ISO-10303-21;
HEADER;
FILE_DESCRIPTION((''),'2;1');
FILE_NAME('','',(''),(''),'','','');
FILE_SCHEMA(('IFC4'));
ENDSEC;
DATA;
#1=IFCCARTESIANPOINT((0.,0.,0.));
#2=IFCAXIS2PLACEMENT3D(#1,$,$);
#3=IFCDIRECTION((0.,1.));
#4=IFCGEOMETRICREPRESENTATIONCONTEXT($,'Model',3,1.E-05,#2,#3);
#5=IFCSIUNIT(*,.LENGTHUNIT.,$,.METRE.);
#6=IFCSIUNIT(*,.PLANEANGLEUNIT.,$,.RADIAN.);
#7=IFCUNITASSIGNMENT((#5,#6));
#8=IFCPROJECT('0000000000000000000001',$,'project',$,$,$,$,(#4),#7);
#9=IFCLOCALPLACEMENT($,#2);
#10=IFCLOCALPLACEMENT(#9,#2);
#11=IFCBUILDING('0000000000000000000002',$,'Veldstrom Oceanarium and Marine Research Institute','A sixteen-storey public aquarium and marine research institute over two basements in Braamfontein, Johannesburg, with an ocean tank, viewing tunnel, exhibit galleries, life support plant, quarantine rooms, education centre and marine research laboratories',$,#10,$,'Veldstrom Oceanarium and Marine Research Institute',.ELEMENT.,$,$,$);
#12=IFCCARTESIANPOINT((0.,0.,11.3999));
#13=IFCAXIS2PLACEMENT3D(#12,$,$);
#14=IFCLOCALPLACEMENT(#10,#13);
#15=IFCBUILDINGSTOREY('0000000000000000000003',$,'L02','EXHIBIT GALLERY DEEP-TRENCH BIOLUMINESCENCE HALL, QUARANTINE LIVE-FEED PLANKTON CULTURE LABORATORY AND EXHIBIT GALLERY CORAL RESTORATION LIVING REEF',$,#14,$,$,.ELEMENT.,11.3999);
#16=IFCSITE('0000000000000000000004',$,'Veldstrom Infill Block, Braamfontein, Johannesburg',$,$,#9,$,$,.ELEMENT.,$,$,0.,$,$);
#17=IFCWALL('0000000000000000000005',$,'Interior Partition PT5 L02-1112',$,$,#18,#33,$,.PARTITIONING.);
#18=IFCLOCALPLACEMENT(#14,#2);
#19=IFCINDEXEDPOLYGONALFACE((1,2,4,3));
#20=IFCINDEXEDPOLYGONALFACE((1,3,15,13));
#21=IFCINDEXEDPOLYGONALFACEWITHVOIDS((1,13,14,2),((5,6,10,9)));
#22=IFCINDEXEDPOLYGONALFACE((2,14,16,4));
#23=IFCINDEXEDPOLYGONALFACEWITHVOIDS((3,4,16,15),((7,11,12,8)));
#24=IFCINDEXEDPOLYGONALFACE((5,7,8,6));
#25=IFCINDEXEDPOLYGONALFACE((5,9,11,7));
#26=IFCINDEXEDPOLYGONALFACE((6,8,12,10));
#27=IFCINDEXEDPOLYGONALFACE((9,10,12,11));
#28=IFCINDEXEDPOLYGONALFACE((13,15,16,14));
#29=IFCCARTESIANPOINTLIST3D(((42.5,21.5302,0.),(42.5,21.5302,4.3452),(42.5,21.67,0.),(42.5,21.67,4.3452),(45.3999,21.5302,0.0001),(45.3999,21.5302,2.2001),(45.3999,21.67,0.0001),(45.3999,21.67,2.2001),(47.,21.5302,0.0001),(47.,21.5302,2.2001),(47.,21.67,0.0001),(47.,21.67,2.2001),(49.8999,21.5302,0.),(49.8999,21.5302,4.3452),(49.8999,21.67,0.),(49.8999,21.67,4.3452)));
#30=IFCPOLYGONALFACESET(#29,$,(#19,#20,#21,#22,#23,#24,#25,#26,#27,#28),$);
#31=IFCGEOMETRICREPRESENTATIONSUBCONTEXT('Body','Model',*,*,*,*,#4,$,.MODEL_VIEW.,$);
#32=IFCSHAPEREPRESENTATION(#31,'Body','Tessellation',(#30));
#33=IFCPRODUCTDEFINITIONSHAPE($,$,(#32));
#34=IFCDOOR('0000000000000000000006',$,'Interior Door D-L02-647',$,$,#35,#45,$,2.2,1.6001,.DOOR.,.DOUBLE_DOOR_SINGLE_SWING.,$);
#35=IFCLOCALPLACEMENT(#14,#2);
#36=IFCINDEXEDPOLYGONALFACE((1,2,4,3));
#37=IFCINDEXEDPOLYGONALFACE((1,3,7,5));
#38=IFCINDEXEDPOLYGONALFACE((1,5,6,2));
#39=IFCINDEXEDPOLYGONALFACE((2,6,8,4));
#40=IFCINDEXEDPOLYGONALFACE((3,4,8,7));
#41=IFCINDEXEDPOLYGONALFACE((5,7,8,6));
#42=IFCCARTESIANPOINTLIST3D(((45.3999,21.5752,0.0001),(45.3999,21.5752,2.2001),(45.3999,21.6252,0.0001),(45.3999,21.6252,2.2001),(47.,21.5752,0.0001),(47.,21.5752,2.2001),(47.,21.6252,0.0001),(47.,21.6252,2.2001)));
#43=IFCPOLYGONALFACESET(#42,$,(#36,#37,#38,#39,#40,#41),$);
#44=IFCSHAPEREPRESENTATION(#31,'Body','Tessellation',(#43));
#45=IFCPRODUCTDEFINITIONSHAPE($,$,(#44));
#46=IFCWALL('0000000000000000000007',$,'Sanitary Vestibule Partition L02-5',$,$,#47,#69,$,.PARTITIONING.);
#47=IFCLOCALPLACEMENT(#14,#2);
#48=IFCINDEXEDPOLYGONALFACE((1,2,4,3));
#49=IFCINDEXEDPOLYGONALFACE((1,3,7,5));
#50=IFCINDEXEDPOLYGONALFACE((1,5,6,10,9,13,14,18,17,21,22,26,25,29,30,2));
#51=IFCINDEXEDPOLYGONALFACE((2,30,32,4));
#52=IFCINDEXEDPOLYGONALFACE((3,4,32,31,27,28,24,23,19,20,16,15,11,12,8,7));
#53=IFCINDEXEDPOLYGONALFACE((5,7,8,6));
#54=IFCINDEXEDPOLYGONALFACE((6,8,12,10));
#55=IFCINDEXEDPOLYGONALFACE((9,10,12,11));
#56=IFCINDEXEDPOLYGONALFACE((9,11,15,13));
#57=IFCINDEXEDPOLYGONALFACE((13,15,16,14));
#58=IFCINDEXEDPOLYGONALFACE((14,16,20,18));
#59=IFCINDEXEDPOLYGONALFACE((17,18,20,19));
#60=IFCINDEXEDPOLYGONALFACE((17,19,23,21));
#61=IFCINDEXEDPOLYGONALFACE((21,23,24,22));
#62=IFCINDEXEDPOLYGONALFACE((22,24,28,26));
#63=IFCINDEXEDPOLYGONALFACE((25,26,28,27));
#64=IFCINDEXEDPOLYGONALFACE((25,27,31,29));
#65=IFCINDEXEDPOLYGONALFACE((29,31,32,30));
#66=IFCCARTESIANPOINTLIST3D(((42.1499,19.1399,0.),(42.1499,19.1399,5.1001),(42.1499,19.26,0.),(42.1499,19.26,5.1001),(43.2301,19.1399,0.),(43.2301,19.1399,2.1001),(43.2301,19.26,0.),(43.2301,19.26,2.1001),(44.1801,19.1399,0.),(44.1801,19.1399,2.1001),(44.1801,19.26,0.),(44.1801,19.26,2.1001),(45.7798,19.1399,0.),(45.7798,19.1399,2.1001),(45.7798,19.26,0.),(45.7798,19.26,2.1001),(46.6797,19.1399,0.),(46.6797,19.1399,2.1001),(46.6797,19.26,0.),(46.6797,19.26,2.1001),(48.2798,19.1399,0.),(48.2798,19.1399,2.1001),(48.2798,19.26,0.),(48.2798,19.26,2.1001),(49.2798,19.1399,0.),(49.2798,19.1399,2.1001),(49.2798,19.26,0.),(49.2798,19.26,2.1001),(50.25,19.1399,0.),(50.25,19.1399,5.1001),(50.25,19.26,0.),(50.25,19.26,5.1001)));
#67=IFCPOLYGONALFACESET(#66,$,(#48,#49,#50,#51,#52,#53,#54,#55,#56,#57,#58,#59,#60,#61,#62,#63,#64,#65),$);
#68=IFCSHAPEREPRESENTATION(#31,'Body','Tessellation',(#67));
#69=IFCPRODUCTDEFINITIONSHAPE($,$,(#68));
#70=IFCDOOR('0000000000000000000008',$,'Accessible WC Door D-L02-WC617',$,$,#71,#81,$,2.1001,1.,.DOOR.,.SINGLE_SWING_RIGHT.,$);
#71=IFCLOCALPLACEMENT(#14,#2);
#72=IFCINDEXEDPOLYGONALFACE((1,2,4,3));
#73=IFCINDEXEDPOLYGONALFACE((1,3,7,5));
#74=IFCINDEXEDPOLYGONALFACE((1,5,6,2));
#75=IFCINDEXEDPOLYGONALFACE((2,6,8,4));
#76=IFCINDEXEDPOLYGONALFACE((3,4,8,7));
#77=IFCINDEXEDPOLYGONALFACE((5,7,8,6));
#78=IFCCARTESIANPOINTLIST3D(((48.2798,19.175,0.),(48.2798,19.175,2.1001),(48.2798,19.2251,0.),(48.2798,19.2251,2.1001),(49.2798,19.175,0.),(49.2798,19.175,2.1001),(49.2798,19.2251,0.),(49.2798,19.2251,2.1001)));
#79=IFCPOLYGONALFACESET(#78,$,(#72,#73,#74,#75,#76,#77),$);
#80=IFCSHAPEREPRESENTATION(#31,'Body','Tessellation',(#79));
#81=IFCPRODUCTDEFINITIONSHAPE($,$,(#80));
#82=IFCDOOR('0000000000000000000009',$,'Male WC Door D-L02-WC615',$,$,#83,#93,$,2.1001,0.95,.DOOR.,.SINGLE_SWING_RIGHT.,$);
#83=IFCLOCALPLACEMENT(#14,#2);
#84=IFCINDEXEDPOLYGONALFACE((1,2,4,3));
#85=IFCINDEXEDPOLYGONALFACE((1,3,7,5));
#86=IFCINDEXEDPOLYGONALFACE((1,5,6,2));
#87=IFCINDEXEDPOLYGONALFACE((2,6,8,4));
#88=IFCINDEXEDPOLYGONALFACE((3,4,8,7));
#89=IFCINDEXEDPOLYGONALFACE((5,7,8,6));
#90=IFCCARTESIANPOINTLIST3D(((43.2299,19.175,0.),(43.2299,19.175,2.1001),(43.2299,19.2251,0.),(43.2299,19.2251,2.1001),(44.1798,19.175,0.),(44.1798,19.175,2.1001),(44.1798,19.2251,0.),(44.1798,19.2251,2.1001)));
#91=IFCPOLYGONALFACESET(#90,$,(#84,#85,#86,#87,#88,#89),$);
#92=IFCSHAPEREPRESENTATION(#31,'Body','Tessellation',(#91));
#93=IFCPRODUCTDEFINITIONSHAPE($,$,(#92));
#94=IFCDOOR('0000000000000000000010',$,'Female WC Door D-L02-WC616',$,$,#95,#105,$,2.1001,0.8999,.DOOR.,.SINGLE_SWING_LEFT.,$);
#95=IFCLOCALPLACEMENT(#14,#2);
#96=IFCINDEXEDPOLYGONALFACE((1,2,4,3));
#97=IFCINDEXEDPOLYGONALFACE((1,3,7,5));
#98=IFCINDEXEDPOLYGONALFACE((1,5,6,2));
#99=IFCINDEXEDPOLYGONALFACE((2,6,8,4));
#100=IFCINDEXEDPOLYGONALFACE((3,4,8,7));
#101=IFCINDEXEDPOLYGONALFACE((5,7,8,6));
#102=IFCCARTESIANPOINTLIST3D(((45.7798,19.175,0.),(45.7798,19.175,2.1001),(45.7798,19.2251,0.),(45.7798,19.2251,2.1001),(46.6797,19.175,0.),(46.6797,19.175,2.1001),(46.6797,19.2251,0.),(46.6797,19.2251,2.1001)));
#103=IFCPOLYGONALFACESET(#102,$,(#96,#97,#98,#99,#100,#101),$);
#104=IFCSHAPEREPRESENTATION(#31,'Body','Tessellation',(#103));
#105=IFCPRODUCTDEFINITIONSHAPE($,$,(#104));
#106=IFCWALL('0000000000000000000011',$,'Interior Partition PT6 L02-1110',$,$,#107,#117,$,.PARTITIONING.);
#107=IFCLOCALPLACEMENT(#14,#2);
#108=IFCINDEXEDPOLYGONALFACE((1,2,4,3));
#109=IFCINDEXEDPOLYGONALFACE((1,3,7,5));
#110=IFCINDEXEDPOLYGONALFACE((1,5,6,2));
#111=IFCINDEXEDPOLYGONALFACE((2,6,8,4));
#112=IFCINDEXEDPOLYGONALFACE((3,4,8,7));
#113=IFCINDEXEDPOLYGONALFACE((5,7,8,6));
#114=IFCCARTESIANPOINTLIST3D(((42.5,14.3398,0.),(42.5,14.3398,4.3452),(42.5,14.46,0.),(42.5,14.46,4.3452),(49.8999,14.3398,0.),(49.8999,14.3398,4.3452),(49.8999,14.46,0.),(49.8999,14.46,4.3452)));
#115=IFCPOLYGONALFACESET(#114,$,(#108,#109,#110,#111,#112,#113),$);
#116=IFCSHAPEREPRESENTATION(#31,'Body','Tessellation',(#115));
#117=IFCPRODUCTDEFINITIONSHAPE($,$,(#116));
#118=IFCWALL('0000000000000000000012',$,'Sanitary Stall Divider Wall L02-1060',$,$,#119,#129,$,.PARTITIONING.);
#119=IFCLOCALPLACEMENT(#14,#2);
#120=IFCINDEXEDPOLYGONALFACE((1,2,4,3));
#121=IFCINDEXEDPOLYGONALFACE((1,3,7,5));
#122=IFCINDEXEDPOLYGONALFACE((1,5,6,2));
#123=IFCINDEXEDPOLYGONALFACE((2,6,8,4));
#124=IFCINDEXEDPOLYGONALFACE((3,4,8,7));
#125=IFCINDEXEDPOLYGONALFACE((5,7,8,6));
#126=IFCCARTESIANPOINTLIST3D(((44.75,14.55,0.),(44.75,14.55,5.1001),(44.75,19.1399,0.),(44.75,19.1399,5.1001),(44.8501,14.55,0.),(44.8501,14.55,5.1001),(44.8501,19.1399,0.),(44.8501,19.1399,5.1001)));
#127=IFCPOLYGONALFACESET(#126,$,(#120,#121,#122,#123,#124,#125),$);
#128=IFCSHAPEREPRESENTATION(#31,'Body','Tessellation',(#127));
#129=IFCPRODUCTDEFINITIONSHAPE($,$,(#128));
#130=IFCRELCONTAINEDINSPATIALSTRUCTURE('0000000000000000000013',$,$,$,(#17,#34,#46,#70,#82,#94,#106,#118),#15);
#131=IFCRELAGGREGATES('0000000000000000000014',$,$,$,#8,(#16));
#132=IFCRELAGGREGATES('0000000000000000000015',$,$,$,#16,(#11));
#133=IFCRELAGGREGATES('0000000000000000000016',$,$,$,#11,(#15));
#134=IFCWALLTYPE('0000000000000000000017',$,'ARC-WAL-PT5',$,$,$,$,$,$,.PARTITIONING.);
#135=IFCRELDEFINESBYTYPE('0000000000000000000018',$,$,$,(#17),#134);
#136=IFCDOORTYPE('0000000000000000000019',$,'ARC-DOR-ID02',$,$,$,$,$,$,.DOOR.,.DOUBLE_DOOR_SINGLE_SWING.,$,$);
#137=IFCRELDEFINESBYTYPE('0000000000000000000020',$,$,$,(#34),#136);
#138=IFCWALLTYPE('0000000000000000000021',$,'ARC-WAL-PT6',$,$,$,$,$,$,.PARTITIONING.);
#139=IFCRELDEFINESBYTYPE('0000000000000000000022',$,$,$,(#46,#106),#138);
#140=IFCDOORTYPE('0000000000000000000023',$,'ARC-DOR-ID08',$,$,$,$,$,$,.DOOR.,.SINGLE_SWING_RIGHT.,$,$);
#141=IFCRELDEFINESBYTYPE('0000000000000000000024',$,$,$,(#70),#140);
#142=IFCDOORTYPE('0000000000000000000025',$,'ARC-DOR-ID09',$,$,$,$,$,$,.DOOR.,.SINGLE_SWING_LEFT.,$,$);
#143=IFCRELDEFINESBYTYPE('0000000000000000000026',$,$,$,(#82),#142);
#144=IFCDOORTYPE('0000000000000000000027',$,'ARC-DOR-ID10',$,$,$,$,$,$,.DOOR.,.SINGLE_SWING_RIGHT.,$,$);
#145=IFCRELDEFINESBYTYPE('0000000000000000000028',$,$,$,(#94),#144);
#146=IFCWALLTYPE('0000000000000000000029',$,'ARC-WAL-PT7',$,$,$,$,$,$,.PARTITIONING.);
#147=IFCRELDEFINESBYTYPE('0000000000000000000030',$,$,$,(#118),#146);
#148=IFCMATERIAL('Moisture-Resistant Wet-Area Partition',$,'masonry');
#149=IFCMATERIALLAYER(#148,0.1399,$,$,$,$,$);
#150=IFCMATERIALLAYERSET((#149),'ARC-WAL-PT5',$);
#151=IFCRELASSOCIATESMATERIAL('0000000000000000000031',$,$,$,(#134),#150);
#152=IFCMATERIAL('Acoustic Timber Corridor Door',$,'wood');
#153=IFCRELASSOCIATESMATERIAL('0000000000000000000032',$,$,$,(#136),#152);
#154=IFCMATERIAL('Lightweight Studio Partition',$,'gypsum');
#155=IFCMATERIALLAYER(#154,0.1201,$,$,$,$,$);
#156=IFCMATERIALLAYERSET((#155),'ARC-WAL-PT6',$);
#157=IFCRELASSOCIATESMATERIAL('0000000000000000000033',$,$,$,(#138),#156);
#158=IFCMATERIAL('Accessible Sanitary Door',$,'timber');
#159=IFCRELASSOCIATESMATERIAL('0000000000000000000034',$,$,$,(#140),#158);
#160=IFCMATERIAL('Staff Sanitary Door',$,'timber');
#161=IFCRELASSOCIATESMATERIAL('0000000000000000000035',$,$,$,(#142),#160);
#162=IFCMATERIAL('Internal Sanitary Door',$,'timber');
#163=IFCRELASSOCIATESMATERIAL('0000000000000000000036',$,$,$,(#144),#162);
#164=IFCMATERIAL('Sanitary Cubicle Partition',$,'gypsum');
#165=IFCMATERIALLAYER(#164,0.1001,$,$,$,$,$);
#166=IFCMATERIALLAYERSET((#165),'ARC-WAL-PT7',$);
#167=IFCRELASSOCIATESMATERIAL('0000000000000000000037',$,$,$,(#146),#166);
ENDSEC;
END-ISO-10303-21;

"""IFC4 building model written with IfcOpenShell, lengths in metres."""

from ifc_helpers import new_model, si_unit, direction, frame, frame_2d, origin, place, context, subcontext, project, spatial, rectangle, extrude, material, layer, layer_set, type_object, element, fill, save


model = new_model("IFC4")

# Units and contexts
model_context = context("Model", 3, precision=1e-05, world=origin(), true_north=direction((0.0, 1.0)))
body_context = subcontext(model_context, "Body", "Model", "MODEL_VIEW")
ifc_project = project(units=[si_unit("LENGTHUNIT", "METRE"), si_unit("PLANEANGLEUNIT", "RADIAN")], contexts=[model_context])

# Site, building, storey
site_placement = place(None, origin())
site = spatial("IfcSite", under=ifc_project, at=site_placement, Name="Veldstrom Infill Block, Braamfontein, Johannesburg", CompositionType="ELEMENT", RefElevation=0.0)
building_placement = place(site_placement, origin())
building = spatial("IfcBuilding", under=site, at=building_placement, Name="Veldstrom Oceanarium and Marine Research Institute", Description="A sixteen-storey public aquarium and marine research institute over two basements in Braamfontein, Johannesburg, with an ocean tank, viewing tunnel, exhibit galleries, life support plant, quarantine rooms, education centre and marine research laboratories", LongName="Veldstrom Oceanarium and Marine Research Institute", CompositionType="ELEMENT")
storey_placement = place(building_placement, frame((0.0, 0.0, 11.3999)))
storey = spatial("IfcBuildingStorey", under=building, at=storey_placement, Name="L02", Description="EXHIBIT GALLERY DEEP-TRENCH BIOLUMINESCENCE HALL, QUARANTINE LIVE-FEED PLANKTON CULTURE LABORATORY AND EXHIBIT GALLERY CORAL RESTORATION LIVING REEF", CompositionType="ELEMENT", Elevation=11.3999)

# Wall, opening, door
ifc_material_1 = material(Name="Moisture-Resistant Wet-Area Partition", Category="masonry")
ifc_layer_1 = layer(ifc_material_1, 0.1399)
ifc_layer_set_1 = layer_set([ifc_layer_1], Name="ARC-WAL-PT5")
wall_type_1 = type_object("IfcWallType", Name="ARC-WAL-PT5", PredefinedType="PARTITIONING", material=ifc_layer_set_1)
wall_1_placement = place(storey_placement, frame((42.5, 21.6001, 0.0), z_axis=(0.0, 0.0, 1.0), x_axis=(1.0, 0.0, 0.0)))
wall_1 = element("IfcWall", 1, at=wall_1_placement, inside=storey, type_object=wall_type_1, Name="Interior Partition PT5 L02-1112", PredefinedType="PARTITIONING", context=body_context, shape_type="SweptSolid", body=[
    extrude(rectangle(XDim=7.3999, YDim=0.1399, at=frame_2d((3.7, 0.0))), origin(), (0.0, 0.0, 1.0), 4.3452),
])
opening_1_placement = place(wall_1_placement, frame((2.8999, 0.0, 0.0)))
opening_1 = element("IfcOpeningElement", 2, at=opening_1_placement, cuts=wall_1, PredefinedType="OPENING", context=body_context, shape_type="SweptSolid", body=[
    extrude(rectangle(XDim=1.6001, YDim=2.2, at=frame_2d((0.8, 1.1001))), frame((0.0, 0.0798, 0.0), z_axis=(0.0, -1.0, 0.0), x_axis=(1.0, 0.0, 0.0)), (0.0, 0.0, 1.0), 0.1599),
])
ifc_material_2 = material(Name="Acoustic Timber Corridor Door", Category="wood")
door_type_1 = type_object("IfcDoorType", Name="ARC-DOR-ID02", OperationType="DOUBLE_DOOR_SINGLE_SWING", PredefinedType="DOOR", material=ifc_material_2)
door_1_placement = place(opening_1_placement, frame((1.6001, 0.0, 0.0), z_axis=(0.0, 0.0, 1.0), x_axis=(-1.0, 0.0, 0.0)))
door_1 = element("IfcDoor", 3, at=door_1_placement, inside=storey, type_object=door_type_1, Name="Interior Door D-L02-647", OperationType="DOUBLE_DOOR_SINGLE_SWING", OverallHeight=2.2, OverallWidth=1.6001, PredefinedType="DOOR", context=body_context, shape_type="SweptSolid", body=[
    extrude(rectangle(XDim=1.6001, YDim=2.2, at=frame_2d((0.8, 1.1001))), frame((0.0, 0.0249, 0.0), z_axis=(0.0, -1.0, 0.0), x_axis=(1.0, 0.0, 0.0)), (0.0, 0.0, 1.0), 0.05),
])
fill(opening_1, door_1)

# Wall, openings, doors
ifc_material_3 = material(Name="Lightweight Studio Partition", Category="gypsum")
ifc_layer_2 = layer(ifc_material_3, 0.1201)
ifc_layer_set_2 = layer_set([ifc_layer_2], Name="ARC-WAL-PT6")
wall_type_2 = type_object("IfcWallType", Name="ARC-WAL-PT6", PredefinedType="PARTITIONING", material=ifc_layer_set_2)
wall_2_placement = place(storey_placement, frame((42.1499, 19.2, 0.0), z_axis=(0.0, 0.0, 1.0), x_axis=(1.0, 0.0, 0.0)))
wall_2 = element("IfcWall", 4, at=wall_2_placement, inside=storey, type_object=wall_type_2, Name="Sanitary Vestibule Partition L02-5", PredefinedType="PARTITIONING", context=body_context, shape_type="SweptSolid", body=[
    extrude(rectangle(XDim=8.1001, YDim=0.1201, at=frame_2d((4.05, 0.0))), origin(), (0.0, 0.0, 1.0), 5.1001),
])
opening_2_placement = place(wall_2_placement, frame((1.0801, 0.0, 0.0)))
opening_2 = element("IfcOpeningElement", 5, at=opening_2_placement, cuts=wall_2, PredefinedType="OPENING", context=body_context, shape_type="SweptSolid", body=[
    extrude(rectangle(XDim=0.95, YDim=2.1001, at=frame_2d((0.4751, 1.05))), frame((0.0, 0.0701, 0.0), z_axis=(0.0, -1.0, 0.0), x_axis=(1.0, 0.0, 0.0)), (0.0, 0.0, 1.0), 0.1401),
])
opening_3_placement = place(wall_2_placement, frame((3.6299, 0.0, 0.0)))
opening_3 = element("IfcOpeningElement", 6, at=opening_3_placement, cuts=wall_2, PredefinedType="OPENING", context=body_context, shape_type="SweptSolid", body=[
    extrude(rectangle(XDim=0.8999, YDim=2.1001, at=frame_2d((0.45, 1.05))), frame((0.0, 0.0701, 0.0), z_axis=(0.0, -1.0, 0.0), x_axis=(1.0, 0.0, 0.0)), (0.0, 0.0, 1.0), 0.1401),
])
opening_4_placement = place(wall_2_placement, frame((6.1299, 0.0, 0.0)))
opening_4 = element("IfcOpeningElement", 7, at=opening_4_placement, cuts=wall_2, PredefinedType="OPENING", context=body_context, shape_type="SweptSolid", body=[
    extrude(rectangle(XDim=1.0, YDim=2.1001, at=frame_2d((0.5, 1.05))), frame((0.0, 0.0701, 0.0), z_axis=(0.0, -1.0, 0.0), x_axis=(1.0, 0.0, 0.0)), (0.0, 0.0, 1.0), 0.1401),
])
ifc_material_4 = material(Name="Accessible Sanitary Door", Category="timber")
door_type_2 = type_object("IfcDoorType", Name="ARC-DOR-ID08", OperationType="SINGLE_SWING_RIGHT", PredefinedType="DOOR", material=ifc_material_4)
door_2_placement = place(opening_4_placement, frame((1.0, 0.0, 0.0), z_axis=(0.0, 0.0, 1.0), x_axis=(-1.0, 0.0, 0.0)))
door_2 = element("IfcDoor", 8, at=door_2_placement, inside=storey, type_object=door_type_2, Name="Accessible WC Door D-L02-WC617", OperationType="SINGLE_SWING_RIGHT", OverallHeight=2.1001, OverallWidth=1.0, PredefinedType="DOOR", context=body_context, shape_type="SweptSolid", body=[
    extrude(rectangle(XDim=1.0, YDim=2.1001, at=frame_2d((0.5, 1.05))), frame((0.0, 0.0249, 0.0), z_axis=(0.0, -1.0, 0.0), x_axis=(1.0, 0.0, 0.0)), (0.0, 0.0, 1.0), 0.05),
])
fill(opening_4, door_2)
ifc_material_5 = material(Name="Staff Sanitary Door", Category="timber")
door_type_3 = type_object("IfcDoorType", Name="ARC-DOR-ID09", OperationType="SINGLE_SWING_LEFT", PredefinedType="DOOR", material=ifc_material_5)
door_3_placement = place(opening_2_placement, frame((0.95, 0.0, 0.0), z_axis=(0.0, 0.0, 1.0), x_axis=(-1.0, 0.0, 0.0)))
door_3 = element("IfcDoor", 9, at=door_3_placement, inside=storey, type_object=door_type_3, Name="Male WC Door D-L02-WC615", OperationType="SINGLE_SWING_RIGHT", OverallHeight=2.1001, OverallWidth=0.95, PredefinedType="DOOR", context=body_context, shape_type="SweptSolid", body=[
    extrude(rectangle(XDim=0.95, YDim=2.1001, at=frame_2d((0.4751, 1.05))), frame((0.0, 0.0249, 0.0), z_axis=(0.0, -1.0, 0.0), x_axis=(1.0, 0.0, 0.0)), (0.0, 0.0, 1.0), 0.05),
])
fill(opening_2, door_3)
ifc_material_6 = material(Name="Internal Sanitary Door", Category="timber")
door_type_4 = type_object("IfcDoorType", Name="ARC-DOR-ID10", OperationType="SINGLE_SWING_RIGHT", PredefinedType="DOOR", material=ifc_material_6)
door_4_placement = place(opening_3_placement, frame((0.8999, 0.0, 0.0), z_axis=(0.0, 0.0, 1.0), x_axis=(-1.0, 0.0, 0.0)))
door_4 = element("IfcDoor", 10, at=door_4_placement, inside=storey, type_object=door_type_4, Name="Female WC Door D-L02-WC616", OperationType="SINGLE_SWING_LEFT", OverallHeight=2.1001, OverallWidth=0.8999, PredefinedType="DOOR", context=body_context, shape_type="SweptSolid", body=[
    extrude(rectangle(XDim=0.8999, YDim=2.1001, at=frame_2d((0.45, 1.05))), frame((0.0, 0.0249, 0.0), z_axis=(0.0, -1.0, 0.0), x_axis=(1.0, 0.0, 0.0)), (0.0, 0.0, 1.0), 0.05),
])
fill(opening_3, door_4)

# Walls
wall_3_placement = place(storey_placement, frame((42.5, 14.3999, 0.0), z_axis=(0.0, 0.0, 1.0), x_axis=(1.0, 0.0, 0.0)))
element("IfcWall", 11, at=wall_3_placement, inside=storey, type_object=wall_type_2, Name="Interior Partition PT6 L02-1110", PredefinedType="PARTITIONING", context=body_context, shape_type="SweptSolid", body=[
    extrude(rectangle(XDim=7.3999, YDim=0.1201, at=frame_2d((3.7, 0.0))), origin(), (0.0, 0.0, 1.0), 4.3452),
])
ifc_material_7 = material(Name="Sanitary Cubicle Partition", Category="gypsum")
ifc_layer_3 = layer(ifc_material_7, 0.1001)
ifc_layer_set_3 = layer_set([ifc_layer_3], Name="ARC-WAL-PT7")
wall_type_3 = type_object("IfcWallType", Name="ARC-WAL-PT7", PredefinedType="PARTITIONING", material=ifc_layer_set_3)
wall_4_placement = place(storey_placement, frame((44.8, 14.55, 0.0), z_axis=(0.0, 0.0, 1.0), x_axis=(0.0, 1.0, 0.0)))
element("IfcWall", 12, at=wall_4_placement, inside=storey, type_object=wall_type_3, Name="Sanitary Stall Divider Wall L02-1060", PredefinedType="PARTITIONING", context=body_context, shape_type="SweptSolid", body=[
    extrude(rectangle(XDim=4.5898, YDim=0.1001, at=frame_2d((2.2949, 0.0))), origin(), (0.0, 0.0, 1.0), 5.1001),
])

save(model, "model.ifc")
